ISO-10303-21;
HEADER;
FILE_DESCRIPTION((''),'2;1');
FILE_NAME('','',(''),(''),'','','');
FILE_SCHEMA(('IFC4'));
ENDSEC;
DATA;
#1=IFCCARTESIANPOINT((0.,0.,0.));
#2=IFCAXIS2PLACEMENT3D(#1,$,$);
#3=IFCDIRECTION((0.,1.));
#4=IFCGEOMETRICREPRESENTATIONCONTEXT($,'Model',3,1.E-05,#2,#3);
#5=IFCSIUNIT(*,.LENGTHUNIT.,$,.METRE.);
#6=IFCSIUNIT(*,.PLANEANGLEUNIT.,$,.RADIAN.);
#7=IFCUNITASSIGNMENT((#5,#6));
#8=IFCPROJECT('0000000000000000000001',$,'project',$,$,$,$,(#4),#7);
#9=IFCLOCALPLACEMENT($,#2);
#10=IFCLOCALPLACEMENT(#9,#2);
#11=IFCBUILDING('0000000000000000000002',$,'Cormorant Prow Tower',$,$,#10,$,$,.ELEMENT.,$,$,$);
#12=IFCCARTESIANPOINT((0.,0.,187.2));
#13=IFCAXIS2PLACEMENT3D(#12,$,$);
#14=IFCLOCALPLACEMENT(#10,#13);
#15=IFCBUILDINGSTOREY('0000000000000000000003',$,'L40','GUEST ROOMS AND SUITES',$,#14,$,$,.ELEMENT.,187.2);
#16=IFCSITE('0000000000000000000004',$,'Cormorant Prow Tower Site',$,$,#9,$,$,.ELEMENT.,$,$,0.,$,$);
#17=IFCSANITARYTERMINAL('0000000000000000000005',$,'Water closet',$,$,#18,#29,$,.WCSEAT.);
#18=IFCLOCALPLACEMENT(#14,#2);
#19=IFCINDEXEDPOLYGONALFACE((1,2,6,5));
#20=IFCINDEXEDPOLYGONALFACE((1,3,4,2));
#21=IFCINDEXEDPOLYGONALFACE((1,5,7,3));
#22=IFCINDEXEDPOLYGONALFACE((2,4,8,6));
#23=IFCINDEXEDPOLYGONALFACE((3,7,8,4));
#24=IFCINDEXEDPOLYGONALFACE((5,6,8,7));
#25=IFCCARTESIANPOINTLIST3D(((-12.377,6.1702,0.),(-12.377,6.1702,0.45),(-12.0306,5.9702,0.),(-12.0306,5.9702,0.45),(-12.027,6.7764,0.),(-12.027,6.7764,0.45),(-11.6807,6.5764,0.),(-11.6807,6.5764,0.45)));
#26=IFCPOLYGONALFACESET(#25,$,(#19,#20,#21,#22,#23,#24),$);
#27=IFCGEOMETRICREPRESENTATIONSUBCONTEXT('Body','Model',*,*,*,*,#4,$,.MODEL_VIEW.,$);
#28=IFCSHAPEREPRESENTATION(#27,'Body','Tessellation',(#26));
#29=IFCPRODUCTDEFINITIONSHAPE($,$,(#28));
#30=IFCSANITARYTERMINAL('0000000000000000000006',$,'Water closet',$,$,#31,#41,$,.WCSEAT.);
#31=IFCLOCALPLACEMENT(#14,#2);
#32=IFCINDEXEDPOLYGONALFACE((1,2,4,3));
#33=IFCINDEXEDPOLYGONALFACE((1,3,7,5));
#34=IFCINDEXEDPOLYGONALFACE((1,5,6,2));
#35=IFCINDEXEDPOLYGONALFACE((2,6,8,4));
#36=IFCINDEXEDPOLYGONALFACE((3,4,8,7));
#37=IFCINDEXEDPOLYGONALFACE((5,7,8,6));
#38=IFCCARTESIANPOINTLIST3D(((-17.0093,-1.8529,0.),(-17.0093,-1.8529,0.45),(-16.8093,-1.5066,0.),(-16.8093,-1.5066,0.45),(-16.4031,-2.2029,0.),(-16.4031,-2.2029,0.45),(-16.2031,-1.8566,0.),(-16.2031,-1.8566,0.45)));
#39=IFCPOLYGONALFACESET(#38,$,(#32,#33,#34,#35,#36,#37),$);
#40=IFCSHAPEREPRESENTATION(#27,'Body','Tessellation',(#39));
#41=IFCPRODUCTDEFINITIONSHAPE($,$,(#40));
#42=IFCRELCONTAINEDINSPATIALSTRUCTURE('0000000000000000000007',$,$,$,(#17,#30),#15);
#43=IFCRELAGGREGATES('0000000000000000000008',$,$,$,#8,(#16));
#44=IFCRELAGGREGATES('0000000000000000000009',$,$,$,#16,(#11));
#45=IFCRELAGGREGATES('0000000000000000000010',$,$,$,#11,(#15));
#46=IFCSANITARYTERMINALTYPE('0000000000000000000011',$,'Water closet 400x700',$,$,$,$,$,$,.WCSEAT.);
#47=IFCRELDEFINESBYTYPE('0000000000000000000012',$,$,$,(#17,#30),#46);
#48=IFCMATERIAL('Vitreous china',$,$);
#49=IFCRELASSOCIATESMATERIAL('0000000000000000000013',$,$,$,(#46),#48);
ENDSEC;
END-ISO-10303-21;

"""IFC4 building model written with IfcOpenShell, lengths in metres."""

from ifc_helpers import new_model, si_unit, direction, frame, origin, origin_2d, place, context, subcontext, project, spatial, rectangle, extrude, material, type_object, element, save


model = new_model("IFC4")

# Units and contexts
model_context = context("Model", 3, precision=1e-05, world=origin(), true_north=direction((0.0, 1.0)))
body_context = subcontext(model_context, "Body", "Model", "MODEL_VIEW")
ifc_project = project(units=[si_unit("LENGTHUNIT", "METRE"), si_unit("PLANEANGLEUNIT", "RADIAN")], contexts=[model_context])

# Site, building, storey
site_placement = place(None, origin())
site = spatial("IfcSite", under=ifc_project, at=site_placement, Name="Cormorant Prow Tower Site", CompositionType="ELEMENT", RefElevation=0.0)
building_placement = place(site_placement, origin())
building = spatial("IfcBuilding", under=site, at=building_placement, Name="Cormorant Prow Tower", CompositionType="ELEMENT")
storey_placement = place(building_placement, frame((0.0, 0.0, 187.2)))
storey = spatial("IfcBuildingStorey", under=building, at=storey_placement, Name="L40", Description="GUEST ROOMS AND SUITES", CompositionType="ELEMENT", Elevation=187.2)

# Sanitary terminals
ifc_material_1 = material(Name="Vitreous china")
sanitary_terminal_type_1 = type_object("IfcSanitaryTerminalType", Name="Water closet 400x700", PredefinedType="WCSEAT", material=ifc_material_1)
for number, where, z_axis, x_axis, name in (
    (1, (-12.0288, 6.3733, 0.0), (0.0, 0.0, 1.0), (0.866025, -0.5, 0.0), "Water closet"),
    (2, (-16.6062, -1.8547, 0.0), (0.0, 0.0, 1.0), (0.5, 0.866025, 0.0), "Water closet"),
):
    element("IfcSanitaryTerminal", number, at=place(storey_placement, frame(where, z_axis=z_axis, x_axis=x_axis)), inside=storey, type_object=sanitary_terminal_type_1, Name=name, PredefinedType="WCSEAT", context=body_context, shape_type="SweptSolid", body=[
        extrude(rectangle(XDim=0.3999, YDim=0.7, at=origin_2d()), origin(), (0.0, 0.0, 1.0), 0.45),
    ])

save(model, "model.ifc")
